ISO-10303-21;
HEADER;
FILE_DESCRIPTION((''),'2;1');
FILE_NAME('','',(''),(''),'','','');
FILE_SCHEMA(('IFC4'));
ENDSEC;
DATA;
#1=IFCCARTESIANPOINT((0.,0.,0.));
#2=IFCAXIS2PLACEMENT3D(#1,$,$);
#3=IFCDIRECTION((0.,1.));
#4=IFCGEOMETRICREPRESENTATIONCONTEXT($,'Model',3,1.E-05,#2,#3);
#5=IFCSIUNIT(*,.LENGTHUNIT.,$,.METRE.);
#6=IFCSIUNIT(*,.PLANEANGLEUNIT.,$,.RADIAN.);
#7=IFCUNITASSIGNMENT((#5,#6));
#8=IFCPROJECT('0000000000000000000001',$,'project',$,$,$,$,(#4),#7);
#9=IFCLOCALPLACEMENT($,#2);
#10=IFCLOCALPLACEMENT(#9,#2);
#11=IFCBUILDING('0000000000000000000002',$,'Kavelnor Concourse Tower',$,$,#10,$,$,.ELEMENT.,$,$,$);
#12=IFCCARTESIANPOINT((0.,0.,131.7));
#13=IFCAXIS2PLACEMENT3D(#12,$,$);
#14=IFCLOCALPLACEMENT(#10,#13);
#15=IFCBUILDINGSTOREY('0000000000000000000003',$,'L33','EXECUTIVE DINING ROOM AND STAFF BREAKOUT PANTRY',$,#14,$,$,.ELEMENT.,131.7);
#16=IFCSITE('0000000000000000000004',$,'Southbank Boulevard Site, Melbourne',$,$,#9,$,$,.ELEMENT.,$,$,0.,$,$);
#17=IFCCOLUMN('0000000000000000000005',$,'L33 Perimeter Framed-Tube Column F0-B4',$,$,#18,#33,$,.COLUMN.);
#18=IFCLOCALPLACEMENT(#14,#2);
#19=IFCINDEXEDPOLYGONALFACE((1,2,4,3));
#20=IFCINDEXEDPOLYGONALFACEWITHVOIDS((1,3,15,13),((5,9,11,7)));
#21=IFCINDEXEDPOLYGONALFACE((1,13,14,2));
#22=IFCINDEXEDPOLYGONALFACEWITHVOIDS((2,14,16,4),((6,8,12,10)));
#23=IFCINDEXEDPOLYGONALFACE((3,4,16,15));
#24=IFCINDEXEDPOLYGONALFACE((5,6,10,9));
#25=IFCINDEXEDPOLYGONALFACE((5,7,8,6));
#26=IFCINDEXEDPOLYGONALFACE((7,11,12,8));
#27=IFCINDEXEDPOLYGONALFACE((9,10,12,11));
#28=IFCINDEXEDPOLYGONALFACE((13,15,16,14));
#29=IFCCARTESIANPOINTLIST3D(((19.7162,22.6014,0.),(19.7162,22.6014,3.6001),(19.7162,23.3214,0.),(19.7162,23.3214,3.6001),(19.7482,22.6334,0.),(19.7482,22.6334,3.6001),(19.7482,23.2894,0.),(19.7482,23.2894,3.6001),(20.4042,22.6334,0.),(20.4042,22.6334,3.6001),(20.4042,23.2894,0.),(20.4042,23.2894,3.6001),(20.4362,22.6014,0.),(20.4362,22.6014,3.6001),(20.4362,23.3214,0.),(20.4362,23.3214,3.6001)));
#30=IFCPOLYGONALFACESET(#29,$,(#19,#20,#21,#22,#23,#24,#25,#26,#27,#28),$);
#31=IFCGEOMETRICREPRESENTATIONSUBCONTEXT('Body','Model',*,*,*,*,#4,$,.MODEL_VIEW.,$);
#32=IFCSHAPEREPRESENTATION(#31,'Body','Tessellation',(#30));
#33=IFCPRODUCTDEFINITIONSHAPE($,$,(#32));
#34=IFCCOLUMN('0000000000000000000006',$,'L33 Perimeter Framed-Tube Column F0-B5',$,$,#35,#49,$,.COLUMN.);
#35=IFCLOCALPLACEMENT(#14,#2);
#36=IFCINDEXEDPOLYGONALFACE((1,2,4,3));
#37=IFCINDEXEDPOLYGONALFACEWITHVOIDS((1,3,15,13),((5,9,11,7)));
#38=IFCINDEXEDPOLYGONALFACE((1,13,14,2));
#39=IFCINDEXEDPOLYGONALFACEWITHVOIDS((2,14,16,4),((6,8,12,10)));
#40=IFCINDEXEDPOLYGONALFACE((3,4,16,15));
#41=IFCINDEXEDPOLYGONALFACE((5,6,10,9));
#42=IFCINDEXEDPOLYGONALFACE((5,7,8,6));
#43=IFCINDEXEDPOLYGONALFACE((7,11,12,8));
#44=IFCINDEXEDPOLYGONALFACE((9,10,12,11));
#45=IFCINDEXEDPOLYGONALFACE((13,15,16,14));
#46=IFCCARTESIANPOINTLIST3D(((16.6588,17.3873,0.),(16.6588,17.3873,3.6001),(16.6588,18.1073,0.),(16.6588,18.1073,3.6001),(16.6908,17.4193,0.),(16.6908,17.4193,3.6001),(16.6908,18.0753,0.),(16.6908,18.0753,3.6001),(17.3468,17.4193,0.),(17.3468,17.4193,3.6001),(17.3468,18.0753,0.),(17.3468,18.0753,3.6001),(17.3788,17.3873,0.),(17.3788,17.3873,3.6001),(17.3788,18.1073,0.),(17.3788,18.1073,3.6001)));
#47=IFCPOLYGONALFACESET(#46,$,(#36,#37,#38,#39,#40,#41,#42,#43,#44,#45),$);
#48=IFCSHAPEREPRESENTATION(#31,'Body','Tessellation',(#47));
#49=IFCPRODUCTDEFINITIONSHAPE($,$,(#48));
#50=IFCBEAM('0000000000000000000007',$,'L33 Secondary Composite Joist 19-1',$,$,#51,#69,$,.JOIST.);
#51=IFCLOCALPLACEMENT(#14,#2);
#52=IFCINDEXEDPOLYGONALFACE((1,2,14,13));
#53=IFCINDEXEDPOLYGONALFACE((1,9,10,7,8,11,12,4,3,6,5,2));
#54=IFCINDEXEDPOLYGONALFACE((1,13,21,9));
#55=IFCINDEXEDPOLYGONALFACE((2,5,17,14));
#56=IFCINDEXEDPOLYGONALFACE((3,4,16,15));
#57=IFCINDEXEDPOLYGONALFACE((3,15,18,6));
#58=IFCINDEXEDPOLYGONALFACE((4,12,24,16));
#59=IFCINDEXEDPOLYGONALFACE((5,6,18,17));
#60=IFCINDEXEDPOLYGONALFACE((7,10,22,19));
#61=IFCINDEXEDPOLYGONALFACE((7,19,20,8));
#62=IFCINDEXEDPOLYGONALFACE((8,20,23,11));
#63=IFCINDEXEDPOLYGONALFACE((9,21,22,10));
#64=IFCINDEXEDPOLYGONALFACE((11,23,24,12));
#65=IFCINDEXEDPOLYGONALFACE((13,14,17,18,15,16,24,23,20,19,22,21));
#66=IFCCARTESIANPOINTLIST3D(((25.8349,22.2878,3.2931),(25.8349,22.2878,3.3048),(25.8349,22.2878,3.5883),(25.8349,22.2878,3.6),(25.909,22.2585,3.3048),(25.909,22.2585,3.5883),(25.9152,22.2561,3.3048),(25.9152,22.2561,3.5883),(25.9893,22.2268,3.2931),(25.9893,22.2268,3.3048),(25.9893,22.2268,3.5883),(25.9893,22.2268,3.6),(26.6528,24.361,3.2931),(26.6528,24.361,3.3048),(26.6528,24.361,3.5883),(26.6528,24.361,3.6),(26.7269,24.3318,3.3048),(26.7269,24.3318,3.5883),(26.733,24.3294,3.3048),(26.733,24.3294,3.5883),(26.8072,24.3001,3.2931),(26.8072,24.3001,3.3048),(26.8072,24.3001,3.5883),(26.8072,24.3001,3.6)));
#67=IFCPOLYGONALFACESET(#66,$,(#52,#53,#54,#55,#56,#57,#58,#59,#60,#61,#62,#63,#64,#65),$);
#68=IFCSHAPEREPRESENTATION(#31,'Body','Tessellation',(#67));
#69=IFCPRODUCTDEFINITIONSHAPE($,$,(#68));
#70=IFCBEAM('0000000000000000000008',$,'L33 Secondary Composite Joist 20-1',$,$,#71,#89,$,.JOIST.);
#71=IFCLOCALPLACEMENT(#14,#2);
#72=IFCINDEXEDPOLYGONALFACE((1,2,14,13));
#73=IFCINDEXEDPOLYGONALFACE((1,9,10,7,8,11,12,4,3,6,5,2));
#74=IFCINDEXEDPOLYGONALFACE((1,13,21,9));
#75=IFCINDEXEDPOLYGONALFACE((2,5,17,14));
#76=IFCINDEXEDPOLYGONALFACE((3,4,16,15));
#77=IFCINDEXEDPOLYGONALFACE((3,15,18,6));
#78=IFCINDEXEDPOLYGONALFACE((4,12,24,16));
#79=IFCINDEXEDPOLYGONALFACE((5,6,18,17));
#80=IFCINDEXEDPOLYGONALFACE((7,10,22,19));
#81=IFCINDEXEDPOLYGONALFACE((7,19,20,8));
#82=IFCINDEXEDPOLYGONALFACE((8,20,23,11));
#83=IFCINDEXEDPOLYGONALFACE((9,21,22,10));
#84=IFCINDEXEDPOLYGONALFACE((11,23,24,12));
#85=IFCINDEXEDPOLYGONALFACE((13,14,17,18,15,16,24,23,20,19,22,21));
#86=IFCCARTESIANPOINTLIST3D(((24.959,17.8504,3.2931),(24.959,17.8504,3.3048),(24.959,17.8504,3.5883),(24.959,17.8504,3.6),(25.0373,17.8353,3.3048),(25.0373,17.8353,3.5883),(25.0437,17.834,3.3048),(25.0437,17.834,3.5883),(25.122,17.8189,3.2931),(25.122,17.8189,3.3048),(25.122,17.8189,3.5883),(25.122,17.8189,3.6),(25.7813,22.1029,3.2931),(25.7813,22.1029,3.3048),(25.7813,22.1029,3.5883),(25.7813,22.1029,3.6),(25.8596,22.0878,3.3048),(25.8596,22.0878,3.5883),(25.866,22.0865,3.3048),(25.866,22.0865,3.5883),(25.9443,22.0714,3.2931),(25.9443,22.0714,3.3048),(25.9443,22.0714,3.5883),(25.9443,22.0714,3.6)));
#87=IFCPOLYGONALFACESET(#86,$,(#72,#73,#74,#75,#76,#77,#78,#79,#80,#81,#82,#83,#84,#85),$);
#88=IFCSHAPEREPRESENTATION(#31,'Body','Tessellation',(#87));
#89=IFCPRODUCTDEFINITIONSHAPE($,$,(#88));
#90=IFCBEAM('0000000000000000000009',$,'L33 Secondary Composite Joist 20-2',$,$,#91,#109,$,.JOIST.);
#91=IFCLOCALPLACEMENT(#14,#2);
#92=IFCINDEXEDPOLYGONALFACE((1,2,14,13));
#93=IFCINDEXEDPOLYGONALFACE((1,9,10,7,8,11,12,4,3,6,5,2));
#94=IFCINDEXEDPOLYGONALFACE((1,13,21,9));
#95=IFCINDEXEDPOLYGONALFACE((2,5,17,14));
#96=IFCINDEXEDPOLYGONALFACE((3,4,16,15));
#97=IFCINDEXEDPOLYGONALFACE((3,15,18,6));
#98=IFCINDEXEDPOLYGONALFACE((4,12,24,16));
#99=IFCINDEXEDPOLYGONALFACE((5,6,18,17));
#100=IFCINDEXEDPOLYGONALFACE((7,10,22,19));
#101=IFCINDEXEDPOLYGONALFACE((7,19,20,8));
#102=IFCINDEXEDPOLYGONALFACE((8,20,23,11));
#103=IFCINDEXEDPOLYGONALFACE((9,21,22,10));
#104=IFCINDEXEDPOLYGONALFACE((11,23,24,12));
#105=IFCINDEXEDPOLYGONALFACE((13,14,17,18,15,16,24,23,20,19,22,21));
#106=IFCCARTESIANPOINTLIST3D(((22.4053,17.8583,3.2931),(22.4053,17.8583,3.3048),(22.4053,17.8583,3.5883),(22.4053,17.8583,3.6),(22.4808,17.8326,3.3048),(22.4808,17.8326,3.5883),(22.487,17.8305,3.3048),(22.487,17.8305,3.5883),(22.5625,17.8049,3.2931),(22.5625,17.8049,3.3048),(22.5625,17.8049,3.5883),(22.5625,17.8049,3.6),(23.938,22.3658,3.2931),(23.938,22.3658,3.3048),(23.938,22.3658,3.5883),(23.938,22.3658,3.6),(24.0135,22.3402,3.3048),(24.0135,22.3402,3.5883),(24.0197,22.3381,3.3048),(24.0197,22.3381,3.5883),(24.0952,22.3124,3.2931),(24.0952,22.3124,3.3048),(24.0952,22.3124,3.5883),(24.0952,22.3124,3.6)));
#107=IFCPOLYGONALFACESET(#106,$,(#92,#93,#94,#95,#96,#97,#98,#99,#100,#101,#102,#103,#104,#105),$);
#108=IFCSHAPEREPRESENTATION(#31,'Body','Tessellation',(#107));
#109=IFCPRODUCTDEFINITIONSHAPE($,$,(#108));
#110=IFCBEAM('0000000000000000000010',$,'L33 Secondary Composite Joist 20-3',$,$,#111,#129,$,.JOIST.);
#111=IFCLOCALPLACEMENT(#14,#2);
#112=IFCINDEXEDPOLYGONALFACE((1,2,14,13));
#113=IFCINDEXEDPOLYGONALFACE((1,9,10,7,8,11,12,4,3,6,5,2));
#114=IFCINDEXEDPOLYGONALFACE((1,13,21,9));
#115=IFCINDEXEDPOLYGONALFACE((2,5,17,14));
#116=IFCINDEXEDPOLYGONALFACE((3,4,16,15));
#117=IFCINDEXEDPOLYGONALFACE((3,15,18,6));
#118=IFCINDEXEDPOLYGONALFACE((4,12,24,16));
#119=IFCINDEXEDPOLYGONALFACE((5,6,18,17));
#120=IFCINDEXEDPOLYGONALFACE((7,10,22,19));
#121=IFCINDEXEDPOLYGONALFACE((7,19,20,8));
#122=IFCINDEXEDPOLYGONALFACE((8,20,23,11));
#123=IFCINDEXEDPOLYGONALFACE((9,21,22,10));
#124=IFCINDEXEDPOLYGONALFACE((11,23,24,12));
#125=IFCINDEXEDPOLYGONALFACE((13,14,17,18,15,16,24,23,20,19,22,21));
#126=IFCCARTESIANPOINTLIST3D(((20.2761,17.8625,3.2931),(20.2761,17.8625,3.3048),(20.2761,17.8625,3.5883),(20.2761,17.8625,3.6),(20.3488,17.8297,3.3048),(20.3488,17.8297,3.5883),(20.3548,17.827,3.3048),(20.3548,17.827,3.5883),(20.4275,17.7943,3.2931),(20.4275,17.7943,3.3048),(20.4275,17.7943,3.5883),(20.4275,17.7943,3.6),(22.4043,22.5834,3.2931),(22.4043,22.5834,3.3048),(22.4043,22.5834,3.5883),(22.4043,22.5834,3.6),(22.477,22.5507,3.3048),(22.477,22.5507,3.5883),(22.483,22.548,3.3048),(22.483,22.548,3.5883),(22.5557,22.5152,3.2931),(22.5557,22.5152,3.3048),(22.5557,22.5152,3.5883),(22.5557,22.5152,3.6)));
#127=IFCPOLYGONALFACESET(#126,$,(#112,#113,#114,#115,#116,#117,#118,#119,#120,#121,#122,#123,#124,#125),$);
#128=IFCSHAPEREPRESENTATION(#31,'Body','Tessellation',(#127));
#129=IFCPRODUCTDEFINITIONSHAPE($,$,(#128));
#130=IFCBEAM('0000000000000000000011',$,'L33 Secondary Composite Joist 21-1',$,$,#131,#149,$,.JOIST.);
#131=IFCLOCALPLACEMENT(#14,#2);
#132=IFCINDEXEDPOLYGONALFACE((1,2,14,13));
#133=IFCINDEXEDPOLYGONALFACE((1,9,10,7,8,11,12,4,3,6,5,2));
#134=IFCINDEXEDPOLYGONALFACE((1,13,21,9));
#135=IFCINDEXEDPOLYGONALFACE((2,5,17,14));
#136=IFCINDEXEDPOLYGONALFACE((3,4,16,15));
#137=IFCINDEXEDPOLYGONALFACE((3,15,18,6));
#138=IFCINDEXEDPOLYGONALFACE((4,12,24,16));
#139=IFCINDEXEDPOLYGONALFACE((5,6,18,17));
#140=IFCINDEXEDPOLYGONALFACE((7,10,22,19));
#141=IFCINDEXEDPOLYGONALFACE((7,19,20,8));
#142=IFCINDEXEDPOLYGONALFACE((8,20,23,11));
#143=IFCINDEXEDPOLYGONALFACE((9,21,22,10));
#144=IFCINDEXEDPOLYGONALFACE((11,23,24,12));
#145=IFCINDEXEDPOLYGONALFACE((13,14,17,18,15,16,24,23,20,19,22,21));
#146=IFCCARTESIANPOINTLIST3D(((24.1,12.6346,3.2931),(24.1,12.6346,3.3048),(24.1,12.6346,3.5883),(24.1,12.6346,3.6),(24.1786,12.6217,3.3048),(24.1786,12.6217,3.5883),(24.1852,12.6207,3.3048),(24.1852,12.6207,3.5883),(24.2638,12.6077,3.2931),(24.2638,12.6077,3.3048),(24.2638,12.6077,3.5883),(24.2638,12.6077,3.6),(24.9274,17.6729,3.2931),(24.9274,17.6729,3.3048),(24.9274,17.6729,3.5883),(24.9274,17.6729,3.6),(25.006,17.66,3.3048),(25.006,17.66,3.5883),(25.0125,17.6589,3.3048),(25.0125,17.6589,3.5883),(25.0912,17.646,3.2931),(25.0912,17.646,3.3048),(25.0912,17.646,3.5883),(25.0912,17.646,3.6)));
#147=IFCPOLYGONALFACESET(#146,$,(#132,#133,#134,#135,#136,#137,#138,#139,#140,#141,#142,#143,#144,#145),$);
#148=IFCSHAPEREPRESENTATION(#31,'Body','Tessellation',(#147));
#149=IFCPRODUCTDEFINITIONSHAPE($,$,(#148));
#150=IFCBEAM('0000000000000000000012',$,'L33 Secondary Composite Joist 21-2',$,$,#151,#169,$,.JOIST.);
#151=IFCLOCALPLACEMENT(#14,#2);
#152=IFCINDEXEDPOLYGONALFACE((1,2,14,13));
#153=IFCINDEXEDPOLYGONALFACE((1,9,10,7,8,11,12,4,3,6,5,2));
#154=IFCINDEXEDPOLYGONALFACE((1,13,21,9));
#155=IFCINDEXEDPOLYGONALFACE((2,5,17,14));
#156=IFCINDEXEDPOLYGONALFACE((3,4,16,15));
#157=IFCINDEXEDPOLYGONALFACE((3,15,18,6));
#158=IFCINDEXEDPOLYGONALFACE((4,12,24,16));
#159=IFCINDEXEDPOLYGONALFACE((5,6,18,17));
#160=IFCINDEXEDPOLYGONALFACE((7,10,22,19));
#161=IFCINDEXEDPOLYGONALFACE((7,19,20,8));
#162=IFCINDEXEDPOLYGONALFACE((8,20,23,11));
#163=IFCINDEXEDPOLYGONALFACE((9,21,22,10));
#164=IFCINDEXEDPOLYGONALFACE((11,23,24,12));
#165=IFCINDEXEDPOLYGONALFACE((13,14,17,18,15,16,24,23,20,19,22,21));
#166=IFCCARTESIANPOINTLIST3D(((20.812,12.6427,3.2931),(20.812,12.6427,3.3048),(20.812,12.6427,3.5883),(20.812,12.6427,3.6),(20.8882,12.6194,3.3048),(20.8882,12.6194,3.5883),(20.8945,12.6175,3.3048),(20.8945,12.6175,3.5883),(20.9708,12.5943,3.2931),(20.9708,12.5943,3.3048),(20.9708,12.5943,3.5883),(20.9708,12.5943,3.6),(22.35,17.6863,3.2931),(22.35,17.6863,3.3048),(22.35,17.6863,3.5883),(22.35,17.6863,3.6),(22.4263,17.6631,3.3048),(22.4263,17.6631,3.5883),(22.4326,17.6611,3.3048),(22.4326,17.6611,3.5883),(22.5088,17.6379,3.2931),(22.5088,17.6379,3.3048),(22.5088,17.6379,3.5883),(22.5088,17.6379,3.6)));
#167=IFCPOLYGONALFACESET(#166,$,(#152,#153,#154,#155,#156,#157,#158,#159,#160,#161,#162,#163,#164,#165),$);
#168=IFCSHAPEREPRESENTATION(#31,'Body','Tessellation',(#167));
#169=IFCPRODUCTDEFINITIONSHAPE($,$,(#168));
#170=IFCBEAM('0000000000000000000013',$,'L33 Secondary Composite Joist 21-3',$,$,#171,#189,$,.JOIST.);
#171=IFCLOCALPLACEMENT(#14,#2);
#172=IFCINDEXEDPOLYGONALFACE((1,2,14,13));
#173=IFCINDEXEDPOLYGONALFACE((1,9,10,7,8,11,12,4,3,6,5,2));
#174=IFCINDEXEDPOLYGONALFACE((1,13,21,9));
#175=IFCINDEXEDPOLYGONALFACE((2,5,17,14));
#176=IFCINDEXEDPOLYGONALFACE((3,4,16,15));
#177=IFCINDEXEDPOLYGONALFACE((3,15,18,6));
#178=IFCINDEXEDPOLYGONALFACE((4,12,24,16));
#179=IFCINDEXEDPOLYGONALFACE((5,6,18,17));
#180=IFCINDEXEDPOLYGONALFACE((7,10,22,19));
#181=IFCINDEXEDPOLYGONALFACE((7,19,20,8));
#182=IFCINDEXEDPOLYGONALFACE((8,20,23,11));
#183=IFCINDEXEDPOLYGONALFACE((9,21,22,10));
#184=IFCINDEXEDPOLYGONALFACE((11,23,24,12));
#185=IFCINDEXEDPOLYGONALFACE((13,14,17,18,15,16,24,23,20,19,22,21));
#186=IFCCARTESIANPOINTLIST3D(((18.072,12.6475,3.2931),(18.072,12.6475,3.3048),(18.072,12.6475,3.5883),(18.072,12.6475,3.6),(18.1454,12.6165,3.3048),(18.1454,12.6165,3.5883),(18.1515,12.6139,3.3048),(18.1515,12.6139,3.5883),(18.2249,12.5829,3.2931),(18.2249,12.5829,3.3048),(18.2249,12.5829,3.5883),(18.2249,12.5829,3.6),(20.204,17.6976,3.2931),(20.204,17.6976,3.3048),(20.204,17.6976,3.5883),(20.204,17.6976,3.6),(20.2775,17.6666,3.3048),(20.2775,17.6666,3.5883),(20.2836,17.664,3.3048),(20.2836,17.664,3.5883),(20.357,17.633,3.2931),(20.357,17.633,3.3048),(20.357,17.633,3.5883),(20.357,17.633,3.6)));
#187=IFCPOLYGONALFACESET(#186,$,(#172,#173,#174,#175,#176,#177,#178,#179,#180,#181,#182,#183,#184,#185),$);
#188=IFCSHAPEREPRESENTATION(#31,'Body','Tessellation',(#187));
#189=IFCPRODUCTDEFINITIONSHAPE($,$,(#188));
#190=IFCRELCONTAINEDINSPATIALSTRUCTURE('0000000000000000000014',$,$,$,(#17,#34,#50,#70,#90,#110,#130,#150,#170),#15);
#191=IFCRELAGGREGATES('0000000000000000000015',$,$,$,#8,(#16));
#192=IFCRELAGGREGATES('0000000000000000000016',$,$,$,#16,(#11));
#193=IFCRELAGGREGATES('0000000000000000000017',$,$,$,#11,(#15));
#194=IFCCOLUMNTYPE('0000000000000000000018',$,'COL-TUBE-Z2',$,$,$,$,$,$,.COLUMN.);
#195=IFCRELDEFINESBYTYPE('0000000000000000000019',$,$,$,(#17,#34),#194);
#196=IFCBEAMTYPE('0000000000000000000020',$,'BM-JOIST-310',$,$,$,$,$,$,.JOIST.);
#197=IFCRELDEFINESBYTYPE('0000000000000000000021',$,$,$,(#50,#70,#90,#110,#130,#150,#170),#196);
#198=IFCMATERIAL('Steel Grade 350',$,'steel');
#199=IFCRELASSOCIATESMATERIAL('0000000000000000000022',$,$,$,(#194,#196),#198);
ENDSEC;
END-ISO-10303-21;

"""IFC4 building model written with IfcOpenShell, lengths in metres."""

from ifc_helpers import new_model, si_unit, direction, frame, origin, origin_2d, place, context, subcontext, project, spatial, hollow_rectangle, i_section, extrude, material, material_profile, profile_set, type_object, element, save


model = new_model("IFC4")

# Units and contexts
model_context = context("Model", 3, precision=1e-05, world=origin(), true_north=direction((0.0, 1.0)))
body_context = subcontext(model_context, "Body", "Model", "MODEL_VIEW")
ifc_project = project(units=[si_unit("LENGTHUNIT", "METRE"), si_unit("PLANEANGLEUNIT", "RADIAN")], contexts=[model_context])

# Site, building, storey
site_placement = place(None, origin())
site = spatial("IfcSite", under=ifc_project, at=site_placement, Name="Southbank Boulevard Site, Melbourne", CompositionType="ELEMENT", RefElevation=0.0)
building_placement = place(site_placement, origin())
building = spatial("IfcBuilding", under=site, at=building_placement, Name="Kavelnor Concourse Tower", CompositionType="ELEMENT")
storey_placement = place(building_placement, frame((0.0, 0.0, 131.7)))
storey = spatial("IfcBuildingStorey", under=building, at=storey_placement, Name="L33", Description="EXECUTIVE DINING ROOM AND STAFF BREAKOUT PANTRY", CompositionType="ELEMENT", Elevation=131.7)

# Columns
ifc_material_1 = material(Name="Steel Grade 350", Category="steel")
ifc_material_profile_1 = material_profile(ifc_material_1, hollow_rectangle(XDim=0.72, YDim=0.72, WallThickness=0.032, at=origin_2d()), Name="SHS 720x720x32")
ifc_profile_set_1 = profile_set([ifc_material_profile_1], Name="Steel Grade 350")
column_type = type_object("IfcColumnType", Name="COL-TUBE-Z2", PredefinedType="COLUMN", material=ifc_profile_set_1)
for number, where, z_axis, x_axis, name in (
    (1, (20.0762, 22.9614, 0.0), (0.0, 0.0, 1.0), (1.0, 0.0, 0.0), "L33 Perimeter Framed-Tube Column F0-B4"),
    (2, (17.0188, 17.7473, 0.0), (0.0, 0.0, 1.0), (1.0, 0.0, 0.0), "L33 Perimeter Framed-Tube Column F0-B5"),
):
    element("IfcColumn", number, at=place(storey_placement, frame(where, z_axis=z_axis, x_axis=x_axis)), inside=storey, type_object=column_type, Name=name, PredefinedType="COLUMN", context=body_context, shape_type="SweptSolid", body=[
        extrude(hollow_rectangle(XDim=0.72, YDim=0.72, WallThickness=0.032, at=origin_2d()), origin(), (0.0, 0.0, 1.0), 3.6001),
    ])

# Beams
ifc_material_profile_2 = material_profile(ifc_material_1, i_section(OverallWidth=0.166, OverallDepth=0.3069, WebThickness=0.0066, FlangeThickness=0.0117, at=origin_2d()), Name="310UB46")
ifc_profile_set_2 = profile_set([ifc_material_profile_2], Name="Steel Grade 350")
beam_type_1 = type_object("IfcBeamType", Name="BM-JOIST-310", PredefinedType="JOIST", material=ifc_profile_set_2)
beam_1_placement = place(storey_placement, frame((26.73, 24.3306, 3.4465), z_axis=(-0.366967, -0.930234, 0.0), x_axis=(0.930234, -0.366967, 0.0)))
element("IfcBeam", 3, at=beam_1_placement, inside=storey, type_object=beam_type_1, Name="L33 Secondary Composite Joist 19-1", PredefinedType="JOIST", context=body_context, shape_type="SweptSolid", body=[
    extrude(i_section(OverallWidth=0.166, OverallDepth=0.3069, WebThickness=0.0066, FlangeThickness=0.0117, at=origin_2d()), origin(), (0.0, 0.0, 1.0), 2.2288),
])
beam_2_placement = place(storey_placement, frame((25.8628, 22.0872, 3.4465), z_axis=(-0.189847, -0.981814, 0.0), x_axis=(0.981814, -0.189847, 0.0)))
element("IfcBeam", 4, at=beam_2_placement, inside=storey, type_object=beam_type_1, Name="L33 Secondary Composite Joist 20-1", PredefinedType="JOIST", context=body_context, shape_type="SweptSolid", body=[
    extrude(i_section(OverallWidth=0.166, OverallDepth=0.3069, WebThickness=0.0066, FlangeThickness=0.0117, at=origin_2d()), origin(), (0.0, 0.0, 1.0), 4.3313),
])
beam_3_placement = place(storey_placement, frame((24.0166, 22.3391, 3.4465), z_axis=(-0.321929, -0.946764, 0.0), x_axis=(0.946764, -0.321929, 0.0)))
element("IfcBeam", 5, at=beam_3_placement, inside=storey, type_object=beam_type_1, Name="L33 Secondary Composite Joist 20-2", PredefinedType="JOIST", context=body_context, shape_type="SweptSolid", body=[
    extrude(i_section(OverallWidth=0.166, OverallDepth=0.3069, WebThickness=0.0066, FlangeThickness=0.0117, at=origin_2d()), origin(), (0.0, 0.0, 1.0), 4.761),
])
beam_4_placement = place(storey_placement, frame((22.48, 22.5493, 3.4465), z_axis=(-0.410966, -0.91165, 0.0), x_axis=(0.91165, -0.410966, 0.0)))
element("IfcBeam", 6, at=beam_4_placement, inside=storey, type_object=beam_type_1, Name="L33 Secondary Composite Joist 20-3", PredefinedType="JOIST", context=body_context, shape_type="SweptSolid", body=[
    extrude(i_section(OverallWidth=0.166, OverallDepth=0.3069, WebThickness=0.0066, FlangeThickness=0.0117, at=origin_2d()), origin(), (0.0, 0.0, 1.0), 5.1785),
])
beam_5_placement = place(storey_placement, frame((25.0093, 17.6594, 3.4465), z_axis=(-0.162049, -0.986783, 0.0), x_axis=(0.986783, -0.162049, 0.0)))
element("IfcBeam", 7, at=beam_5_placement, inside=storey, type_object=beam_type_1, Name="L33 Secondary Composite Joist 21-1", PredefinedType="JOIST", context=body_context, shape_type="SweptSolid", body=[
    extrude(i_section(OverallWidth=0.166, OverallDepth=0.3069, WebThickness=0.0066, FlangeThickness=0.0117, at=origin_2d()), origin(), (0.0, 0.0, 1.0), 5.1057),
])
beam_6_placement = place(storey_placement, frame((22.4294, 17.6621, 3.4465), z_axis=(-0.29169, -0.956513, 0.0), x_axis=(0.956513, -0.29169, 0.0)))
element("IfcBeam", 8, at=beam_6_placement, inside=storey, type_object=beam_type_1, Name="L33 Secondary Composite Joist 21-2", PredefinedType="JOIST", context=body_context, shape_type="SweptSolid", body=[
    extrude(i_section(OverallWidth=0.166, OverallDepth=0.3069, WebThickness=0.0066, FlangeThickness=0.0117, at=origin_2d()), origin(), (0.0, 0.0, 1.0), 5.2729),
])
beam_7_placement = place(storey_placement, frame((20.2805, 17.6653, 3.4465), z_axis=(-0.388947, -0.92126, 0.0), x_axis=(0.92126, -0.388947, 0.0)))
element("IfcBeam", 9, at=beam_7_placement, inside=storey, type_object=beam_type_1, Name="L33 Secondary Composite Joist 21-3", PredefinedType="JOIST", context=body_context, shape_type="SweptSolid", body=[
    extrude(i_section(OverallWidth=0.166, OverallDepth=0.3069, WebThickness=0.0066, FlangeThickness=0.0117, at=origin_2d()), origin(), (0.0, 0.0, 1.0), 5.4817),
])

save(model, "model.ifc")
